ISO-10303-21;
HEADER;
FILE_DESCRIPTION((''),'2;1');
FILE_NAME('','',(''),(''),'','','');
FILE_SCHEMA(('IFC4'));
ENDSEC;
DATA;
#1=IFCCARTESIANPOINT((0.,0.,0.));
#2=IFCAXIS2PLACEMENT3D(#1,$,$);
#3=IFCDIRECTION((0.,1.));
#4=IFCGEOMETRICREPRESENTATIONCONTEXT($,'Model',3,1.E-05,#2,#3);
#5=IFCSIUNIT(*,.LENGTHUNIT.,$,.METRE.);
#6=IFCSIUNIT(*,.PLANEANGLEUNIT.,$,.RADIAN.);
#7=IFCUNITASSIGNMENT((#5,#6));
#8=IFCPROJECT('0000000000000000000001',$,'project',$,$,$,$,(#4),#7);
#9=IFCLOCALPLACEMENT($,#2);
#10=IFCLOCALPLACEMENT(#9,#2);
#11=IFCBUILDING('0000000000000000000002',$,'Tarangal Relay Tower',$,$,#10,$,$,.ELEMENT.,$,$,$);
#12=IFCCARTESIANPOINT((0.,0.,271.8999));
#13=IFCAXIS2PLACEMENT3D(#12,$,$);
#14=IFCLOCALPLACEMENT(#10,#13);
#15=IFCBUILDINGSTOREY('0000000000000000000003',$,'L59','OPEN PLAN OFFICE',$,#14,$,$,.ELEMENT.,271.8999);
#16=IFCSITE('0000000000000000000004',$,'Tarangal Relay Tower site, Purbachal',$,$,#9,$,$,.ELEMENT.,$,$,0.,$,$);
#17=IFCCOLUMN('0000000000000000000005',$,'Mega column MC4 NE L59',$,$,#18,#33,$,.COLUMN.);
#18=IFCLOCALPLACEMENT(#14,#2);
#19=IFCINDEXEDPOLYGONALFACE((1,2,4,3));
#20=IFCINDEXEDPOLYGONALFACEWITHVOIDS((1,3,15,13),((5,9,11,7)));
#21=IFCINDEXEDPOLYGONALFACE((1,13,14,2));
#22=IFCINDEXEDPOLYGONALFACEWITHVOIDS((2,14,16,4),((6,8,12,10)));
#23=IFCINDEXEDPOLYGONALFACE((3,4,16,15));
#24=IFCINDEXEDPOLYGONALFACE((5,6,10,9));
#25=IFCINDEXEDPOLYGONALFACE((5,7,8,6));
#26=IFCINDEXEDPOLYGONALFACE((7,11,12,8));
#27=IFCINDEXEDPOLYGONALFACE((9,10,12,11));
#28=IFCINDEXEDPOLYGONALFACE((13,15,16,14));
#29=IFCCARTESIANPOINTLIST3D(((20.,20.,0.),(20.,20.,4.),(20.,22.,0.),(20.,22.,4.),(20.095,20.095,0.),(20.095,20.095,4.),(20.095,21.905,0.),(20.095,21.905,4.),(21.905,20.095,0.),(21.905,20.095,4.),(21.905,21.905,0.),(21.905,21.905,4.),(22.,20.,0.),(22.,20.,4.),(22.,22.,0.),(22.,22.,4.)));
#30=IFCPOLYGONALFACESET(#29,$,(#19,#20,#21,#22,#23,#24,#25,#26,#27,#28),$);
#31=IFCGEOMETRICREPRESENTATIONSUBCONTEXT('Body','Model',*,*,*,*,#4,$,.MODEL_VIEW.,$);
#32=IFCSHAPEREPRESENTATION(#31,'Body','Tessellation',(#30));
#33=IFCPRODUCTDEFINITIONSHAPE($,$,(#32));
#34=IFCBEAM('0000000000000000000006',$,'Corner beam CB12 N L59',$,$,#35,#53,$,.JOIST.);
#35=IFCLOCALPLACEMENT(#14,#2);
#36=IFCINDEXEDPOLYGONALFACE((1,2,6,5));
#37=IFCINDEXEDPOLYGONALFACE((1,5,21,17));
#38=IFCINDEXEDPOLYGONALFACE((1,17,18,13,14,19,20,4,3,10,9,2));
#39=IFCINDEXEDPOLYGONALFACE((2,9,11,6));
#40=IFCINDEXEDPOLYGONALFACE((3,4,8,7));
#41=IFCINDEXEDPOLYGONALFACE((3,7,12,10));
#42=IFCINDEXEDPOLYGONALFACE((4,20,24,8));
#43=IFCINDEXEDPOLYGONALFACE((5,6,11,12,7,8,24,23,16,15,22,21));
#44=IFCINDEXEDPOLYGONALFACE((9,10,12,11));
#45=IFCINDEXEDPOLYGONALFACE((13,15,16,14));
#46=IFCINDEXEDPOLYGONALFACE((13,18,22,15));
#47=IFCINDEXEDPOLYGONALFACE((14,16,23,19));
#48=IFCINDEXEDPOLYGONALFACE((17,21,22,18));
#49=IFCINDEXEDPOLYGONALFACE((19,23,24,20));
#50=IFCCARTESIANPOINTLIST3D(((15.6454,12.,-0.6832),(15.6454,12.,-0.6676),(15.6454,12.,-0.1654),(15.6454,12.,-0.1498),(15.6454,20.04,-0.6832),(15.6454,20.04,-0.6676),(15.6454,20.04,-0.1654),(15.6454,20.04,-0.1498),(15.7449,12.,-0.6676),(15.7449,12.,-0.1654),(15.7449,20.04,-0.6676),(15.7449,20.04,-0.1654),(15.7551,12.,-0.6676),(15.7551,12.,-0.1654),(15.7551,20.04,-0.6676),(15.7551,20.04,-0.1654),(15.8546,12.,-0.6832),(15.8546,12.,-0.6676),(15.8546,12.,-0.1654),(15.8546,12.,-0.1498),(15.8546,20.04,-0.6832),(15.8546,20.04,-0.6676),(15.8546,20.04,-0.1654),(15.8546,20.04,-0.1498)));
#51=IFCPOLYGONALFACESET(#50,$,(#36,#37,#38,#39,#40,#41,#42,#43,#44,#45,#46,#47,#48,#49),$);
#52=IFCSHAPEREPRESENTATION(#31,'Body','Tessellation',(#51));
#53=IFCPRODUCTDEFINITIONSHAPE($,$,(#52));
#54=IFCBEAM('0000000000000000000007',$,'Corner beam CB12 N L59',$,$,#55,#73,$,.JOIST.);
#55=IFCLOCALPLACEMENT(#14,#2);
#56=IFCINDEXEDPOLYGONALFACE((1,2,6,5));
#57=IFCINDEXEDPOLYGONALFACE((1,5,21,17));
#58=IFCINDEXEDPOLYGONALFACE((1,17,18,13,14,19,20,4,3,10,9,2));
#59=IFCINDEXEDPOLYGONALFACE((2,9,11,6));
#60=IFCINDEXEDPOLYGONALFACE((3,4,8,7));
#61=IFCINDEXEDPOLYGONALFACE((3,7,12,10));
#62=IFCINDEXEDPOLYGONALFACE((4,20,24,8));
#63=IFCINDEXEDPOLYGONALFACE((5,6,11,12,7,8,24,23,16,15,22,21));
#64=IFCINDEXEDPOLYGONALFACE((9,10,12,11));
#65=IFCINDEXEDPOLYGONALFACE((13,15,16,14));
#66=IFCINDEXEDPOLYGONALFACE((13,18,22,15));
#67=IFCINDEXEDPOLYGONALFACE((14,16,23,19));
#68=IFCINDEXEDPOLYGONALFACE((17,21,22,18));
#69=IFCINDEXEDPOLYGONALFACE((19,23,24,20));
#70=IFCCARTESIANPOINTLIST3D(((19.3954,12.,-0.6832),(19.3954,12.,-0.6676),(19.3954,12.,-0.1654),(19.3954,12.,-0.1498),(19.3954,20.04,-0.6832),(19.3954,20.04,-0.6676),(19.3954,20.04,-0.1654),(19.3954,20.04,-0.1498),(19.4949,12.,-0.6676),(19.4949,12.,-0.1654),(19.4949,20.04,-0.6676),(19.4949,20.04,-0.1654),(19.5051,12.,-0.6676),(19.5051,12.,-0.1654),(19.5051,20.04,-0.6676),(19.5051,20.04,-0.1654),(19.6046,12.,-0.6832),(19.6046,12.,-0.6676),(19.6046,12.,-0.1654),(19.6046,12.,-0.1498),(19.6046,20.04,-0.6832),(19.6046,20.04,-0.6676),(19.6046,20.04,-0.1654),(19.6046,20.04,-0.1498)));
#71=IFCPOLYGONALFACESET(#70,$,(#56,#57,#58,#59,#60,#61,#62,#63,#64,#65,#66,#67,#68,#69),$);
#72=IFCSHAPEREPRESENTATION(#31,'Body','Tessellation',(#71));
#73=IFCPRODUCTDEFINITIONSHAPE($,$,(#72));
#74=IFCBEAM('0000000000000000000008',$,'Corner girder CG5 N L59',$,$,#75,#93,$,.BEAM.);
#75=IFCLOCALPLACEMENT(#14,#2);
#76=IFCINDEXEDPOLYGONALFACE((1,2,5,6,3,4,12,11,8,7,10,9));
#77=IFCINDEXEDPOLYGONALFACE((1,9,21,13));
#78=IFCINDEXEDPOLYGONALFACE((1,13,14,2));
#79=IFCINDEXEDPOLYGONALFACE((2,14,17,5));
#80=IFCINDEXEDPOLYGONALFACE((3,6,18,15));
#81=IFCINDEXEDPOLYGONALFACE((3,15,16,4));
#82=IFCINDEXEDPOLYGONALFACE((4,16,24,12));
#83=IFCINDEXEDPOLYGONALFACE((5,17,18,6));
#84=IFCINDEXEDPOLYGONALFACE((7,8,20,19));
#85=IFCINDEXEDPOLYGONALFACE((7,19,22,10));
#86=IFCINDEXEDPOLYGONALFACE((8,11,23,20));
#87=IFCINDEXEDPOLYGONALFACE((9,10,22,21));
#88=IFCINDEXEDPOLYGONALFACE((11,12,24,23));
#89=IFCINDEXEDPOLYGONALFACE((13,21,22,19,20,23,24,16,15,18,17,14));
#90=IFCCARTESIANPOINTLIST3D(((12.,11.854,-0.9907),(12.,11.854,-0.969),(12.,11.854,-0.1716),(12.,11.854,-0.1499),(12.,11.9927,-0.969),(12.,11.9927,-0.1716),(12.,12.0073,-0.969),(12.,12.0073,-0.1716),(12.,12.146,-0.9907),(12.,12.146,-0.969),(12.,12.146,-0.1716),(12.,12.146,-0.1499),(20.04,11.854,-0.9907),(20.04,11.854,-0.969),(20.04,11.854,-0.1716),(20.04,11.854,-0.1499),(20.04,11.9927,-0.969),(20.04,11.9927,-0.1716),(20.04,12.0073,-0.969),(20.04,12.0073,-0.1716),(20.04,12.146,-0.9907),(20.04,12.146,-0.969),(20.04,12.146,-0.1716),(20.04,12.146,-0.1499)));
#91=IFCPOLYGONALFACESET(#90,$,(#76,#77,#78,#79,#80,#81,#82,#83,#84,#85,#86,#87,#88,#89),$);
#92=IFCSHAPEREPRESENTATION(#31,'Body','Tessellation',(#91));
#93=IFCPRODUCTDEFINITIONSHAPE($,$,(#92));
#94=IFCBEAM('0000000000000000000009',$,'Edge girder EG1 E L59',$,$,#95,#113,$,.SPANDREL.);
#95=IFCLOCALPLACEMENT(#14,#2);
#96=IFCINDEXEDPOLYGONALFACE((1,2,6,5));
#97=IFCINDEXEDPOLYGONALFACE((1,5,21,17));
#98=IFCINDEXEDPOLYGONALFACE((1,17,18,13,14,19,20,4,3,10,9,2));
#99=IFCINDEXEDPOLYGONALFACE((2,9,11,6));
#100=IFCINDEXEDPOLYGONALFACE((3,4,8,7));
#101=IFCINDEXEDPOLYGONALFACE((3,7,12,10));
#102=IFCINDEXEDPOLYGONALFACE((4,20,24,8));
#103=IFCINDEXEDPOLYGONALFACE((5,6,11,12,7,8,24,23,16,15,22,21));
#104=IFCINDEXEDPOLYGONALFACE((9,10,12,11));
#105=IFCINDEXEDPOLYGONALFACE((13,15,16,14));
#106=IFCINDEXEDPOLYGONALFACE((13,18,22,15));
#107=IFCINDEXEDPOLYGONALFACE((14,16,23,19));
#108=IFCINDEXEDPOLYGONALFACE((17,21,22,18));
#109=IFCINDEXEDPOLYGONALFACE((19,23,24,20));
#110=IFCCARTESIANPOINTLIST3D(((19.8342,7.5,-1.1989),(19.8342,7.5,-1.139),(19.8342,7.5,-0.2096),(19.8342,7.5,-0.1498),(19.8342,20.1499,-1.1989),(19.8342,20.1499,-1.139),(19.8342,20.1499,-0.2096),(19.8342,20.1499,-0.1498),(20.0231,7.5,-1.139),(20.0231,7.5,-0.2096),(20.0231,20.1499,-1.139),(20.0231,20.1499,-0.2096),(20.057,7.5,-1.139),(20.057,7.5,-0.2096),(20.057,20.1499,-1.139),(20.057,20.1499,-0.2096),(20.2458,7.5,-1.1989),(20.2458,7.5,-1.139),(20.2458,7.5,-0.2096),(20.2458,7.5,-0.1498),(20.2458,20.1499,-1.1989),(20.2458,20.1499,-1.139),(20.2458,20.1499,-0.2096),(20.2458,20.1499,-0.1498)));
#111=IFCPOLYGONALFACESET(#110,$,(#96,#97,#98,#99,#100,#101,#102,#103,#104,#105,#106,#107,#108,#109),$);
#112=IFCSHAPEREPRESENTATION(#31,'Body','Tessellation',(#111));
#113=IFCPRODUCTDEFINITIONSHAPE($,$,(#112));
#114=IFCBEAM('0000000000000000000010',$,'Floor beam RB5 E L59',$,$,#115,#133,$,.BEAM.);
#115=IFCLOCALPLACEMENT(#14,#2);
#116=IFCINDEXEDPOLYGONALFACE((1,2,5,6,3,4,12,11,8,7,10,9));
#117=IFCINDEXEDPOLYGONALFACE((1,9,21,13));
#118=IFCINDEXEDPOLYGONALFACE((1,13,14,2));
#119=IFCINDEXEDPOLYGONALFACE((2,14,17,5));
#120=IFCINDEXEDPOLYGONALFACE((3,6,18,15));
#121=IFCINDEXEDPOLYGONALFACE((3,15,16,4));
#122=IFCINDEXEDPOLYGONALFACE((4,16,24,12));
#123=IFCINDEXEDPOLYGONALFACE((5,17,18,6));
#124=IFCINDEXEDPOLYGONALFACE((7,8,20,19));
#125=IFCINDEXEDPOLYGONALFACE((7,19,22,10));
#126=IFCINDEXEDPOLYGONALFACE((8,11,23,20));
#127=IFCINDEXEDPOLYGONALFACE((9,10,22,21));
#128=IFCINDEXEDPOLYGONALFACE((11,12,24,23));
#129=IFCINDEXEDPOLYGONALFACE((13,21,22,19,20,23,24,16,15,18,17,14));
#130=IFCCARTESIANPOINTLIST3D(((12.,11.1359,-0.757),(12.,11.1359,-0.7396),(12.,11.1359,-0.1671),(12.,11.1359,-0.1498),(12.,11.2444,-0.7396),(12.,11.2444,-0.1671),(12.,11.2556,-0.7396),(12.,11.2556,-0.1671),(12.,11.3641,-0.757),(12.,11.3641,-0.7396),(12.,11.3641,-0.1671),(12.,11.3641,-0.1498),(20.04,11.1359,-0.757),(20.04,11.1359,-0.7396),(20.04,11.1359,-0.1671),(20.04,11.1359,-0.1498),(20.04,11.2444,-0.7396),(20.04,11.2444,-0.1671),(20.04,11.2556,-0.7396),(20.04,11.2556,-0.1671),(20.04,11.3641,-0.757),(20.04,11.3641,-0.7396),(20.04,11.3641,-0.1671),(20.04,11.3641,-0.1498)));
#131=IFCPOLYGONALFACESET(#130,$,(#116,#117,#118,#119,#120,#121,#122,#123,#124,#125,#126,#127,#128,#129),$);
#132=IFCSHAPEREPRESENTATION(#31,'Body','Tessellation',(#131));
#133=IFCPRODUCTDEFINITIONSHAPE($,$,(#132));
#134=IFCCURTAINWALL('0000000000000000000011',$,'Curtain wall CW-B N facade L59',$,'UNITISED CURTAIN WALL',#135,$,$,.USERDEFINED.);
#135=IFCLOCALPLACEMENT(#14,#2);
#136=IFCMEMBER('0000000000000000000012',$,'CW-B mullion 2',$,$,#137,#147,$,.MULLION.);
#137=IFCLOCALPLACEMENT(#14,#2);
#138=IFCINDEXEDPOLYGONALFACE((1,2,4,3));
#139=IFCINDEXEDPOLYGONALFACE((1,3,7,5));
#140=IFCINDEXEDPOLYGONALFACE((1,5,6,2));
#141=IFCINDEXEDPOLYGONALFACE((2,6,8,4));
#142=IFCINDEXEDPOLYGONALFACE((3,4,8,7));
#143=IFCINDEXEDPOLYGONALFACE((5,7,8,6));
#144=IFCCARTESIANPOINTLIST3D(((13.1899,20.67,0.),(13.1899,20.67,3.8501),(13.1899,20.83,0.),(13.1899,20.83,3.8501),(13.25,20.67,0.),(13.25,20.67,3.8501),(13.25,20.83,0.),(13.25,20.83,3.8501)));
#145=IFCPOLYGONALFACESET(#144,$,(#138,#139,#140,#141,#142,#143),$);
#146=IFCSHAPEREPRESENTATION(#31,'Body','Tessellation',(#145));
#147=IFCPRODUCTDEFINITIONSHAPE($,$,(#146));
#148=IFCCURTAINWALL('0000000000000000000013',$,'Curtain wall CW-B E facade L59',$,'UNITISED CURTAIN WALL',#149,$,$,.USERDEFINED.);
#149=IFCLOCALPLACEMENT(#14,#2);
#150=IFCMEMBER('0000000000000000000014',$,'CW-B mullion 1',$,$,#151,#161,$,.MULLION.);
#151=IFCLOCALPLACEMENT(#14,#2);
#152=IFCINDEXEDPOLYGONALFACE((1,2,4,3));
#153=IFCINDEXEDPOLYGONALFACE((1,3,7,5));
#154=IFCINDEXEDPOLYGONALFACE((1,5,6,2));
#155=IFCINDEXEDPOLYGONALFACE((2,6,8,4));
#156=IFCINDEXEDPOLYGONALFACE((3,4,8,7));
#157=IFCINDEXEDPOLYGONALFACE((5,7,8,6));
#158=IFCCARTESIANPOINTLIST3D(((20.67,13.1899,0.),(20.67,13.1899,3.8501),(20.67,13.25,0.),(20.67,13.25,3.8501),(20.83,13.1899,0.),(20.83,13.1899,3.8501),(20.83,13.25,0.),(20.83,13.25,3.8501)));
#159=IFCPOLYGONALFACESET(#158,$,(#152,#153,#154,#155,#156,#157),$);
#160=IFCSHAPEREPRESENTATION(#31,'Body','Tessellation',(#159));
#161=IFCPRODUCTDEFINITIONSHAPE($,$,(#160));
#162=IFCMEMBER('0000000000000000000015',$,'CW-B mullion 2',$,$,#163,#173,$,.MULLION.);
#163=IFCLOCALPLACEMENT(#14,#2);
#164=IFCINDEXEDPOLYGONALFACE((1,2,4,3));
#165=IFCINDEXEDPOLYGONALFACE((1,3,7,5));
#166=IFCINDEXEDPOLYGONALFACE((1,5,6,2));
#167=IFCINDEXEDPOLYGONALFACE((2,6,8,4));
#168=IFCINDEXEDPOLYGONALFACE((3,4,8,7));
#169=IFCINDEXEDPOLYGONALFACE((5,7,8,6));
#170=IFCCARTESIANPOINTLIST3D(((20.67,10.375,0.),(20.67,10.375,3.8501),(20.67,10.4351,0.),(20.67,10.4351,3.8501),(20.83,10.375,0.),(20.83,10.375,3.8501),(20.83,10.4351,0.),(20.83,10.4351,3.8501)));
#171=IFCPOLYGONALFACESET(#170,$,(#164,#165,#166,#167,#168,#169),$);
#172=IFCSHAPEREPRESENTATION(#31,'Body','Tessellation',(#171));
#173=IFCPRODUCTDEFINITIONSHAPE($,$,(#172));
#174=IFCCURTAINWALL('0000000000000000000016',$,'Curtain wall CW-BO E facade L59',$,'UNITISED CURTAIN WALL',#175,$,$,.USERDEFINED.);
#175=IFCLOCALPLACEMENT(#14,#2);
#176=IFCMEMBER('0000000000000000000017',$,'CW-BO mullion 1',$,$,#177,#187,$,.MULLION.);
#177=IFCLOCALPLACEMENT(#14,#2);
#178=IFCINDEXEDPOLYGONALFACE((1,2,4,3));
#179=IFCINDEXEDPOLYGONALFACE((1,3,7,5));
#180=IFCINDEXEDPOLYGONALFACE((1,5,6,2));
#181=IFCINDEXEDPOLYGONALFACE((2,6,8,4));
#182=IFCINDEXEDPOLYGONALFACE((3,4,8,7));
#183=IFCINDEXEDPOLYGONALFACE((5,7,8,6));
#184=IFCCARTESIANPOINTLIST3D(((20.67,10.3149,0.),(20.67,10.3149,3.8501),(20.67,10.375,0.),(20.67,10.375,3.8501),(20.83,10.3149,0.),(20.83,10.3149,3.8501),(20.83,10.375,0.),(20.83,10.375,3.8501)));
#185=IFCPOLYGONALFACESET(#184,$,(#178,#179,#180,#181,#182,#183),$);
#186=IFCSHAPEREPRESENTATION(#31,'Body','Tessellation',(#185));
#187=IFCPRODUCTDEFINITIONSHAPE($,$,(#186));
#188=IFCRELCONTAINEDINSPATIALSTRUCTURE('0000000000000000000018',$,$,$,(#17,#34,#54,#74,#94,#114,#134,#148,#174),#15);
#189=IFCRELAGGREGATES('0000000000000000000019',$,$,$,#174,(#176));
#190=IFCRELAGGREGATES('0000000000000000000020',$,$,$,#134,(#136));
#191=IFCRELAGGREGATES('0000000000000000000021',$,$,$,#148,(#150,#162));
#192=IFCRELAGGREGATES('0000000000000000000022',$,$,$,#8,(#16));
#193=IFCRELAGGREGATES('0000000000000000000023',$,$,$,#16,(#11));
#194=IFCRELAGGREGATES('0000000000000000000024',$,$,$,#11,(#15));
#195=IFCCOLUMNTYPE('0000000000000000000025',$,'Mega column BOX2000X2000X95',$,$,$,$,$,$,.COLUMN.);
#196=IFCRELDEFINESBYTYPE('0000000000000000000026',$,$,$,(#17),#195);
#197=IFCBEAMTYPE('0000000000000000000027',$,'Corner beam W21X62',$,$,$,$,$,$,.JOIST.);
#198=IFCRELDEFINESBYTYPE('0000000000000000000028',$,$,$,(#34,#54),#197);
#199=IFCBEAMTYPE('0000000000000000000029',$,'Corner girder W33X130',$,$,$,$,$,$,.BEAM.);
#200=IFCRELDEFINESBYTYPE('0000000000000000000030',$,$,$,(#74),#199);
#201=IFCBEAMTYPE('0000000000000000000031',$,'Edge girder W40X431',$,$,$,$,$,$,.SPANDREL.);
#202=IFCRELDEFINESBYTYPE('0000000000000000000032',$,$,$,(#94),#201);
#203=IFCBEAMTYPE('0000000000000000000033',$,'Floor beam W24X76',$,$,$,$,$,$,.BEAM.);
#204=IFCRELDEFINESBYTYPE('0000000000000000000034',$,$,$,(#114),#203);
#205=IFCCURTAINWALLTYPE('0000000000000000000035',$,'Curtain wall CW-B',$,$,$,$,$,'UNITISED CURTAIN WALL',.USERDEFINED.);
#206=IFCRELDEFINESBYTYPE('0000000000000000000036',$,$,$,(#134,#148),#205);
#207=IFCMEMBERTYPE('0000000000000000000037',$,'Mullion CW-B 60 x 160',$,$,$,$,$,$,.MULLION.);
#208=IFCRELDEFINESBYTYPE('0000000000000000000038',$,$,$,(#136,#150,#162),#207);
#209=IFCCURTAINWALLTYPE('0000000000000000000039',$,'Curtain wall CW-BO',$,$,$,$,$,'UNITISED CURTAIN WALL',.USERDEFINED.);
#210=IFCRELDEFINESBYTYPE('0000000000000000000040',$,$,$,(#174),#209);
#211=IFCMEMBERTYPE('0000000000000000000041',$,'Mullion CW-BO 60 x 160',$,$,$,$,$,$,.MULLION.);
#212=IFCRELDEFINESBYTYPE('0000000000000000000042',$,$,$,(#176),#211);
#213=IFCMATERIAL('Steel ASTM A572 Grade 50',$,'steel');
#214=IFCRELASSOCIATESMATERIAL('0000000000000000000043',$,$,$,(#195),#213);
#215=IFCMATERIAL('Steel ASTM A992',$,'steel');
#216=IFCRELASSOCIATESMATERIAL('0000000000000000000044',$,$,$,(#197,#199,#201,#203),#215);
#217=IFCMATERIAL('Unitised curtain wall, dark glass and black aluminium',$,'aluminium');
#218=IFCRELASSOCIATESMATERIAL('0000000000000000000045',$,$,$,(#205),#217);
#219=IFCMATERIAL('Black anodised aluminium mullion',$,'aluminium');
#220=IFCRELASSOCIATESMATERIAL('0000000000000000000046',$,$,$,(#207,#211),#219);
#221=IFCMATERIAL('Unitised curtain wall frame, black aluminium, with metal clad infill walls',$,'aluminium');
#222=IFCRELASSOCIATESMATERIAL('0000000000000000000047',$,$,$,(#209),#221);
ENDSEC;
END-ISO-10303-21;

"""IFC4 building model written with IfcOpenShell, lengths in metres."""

from ifc_helpers import new_model, si_unit, direction, frame, origin, origin_2d, place, context, subcontext, project, spatial, rectangle, hollow_rectangle, i_section, extrude, material, material_profile, profile_set, type_object, element, aggregate, save


model = new_model("IFC4")

# Units and contexts
model_context = context("Model", 3, precision=1e-05, world=origin(), true_north=direction((0.0, 1.0)))
body_context = subcontext(model_context, "Body", "Model", "MODEL_VIEW")
ifc_project = project(units=[si_unit("LENGTHUNIT", "METRE"), si_unit("PLANEANGLEUNIT", "RADIAN")], contexts=[model_context])

# Site, building, storey
site_placement = place(None, origin())
site = spatial("IfcSite", under=ifc_project, at=site_placement, Name="Tarangal Relay Tower site, Purbachal", CompositionType="ELEMENT", RefElevation=0.0)
building_placement = place(site_placement, origin())
building = spatial("IfcBuilding", under=site, at=building_placement, Name="Tarangal Relay Tower", CompositionType="ELEMENT")
storey_placement = place(building_placement, frame((0.0, 0.0, 271.8999)))
storey = spatial("IfcBuildingStorey", under=building, at=storey_placement, Name="L59", Description="OPEN PLAN OFFICE", CompositionType="ELEMENT", Elevation=271.8999)

# Column
ifc_material_1 = material(Name="Steel ASTM A572 Grade 50", Category="steel")
ifc_material_profile_1 = material_profile(ifc_material_1, hollow_rectangle(XDim=2.0, YDim=2.0, WallThickness=0.095, at=origin_2d()), Name="BOX2000X2000X95")
ifc_profile_set_1 = profile_set([ifc_material_profile_1], Name="Steel ASTM A572 Grade 50")
column_type = type_object("IfcColumnType", Name="Mega column BOX2000X2000X95", PredefinedType="COLUMN", material=ifc_profile_set_1)
column_placement = place(storey_placement, frame((21.0, 21.0, 0.0), z_axis=(0.0, 0.0, 1.0), x_axis=(1.0, 0.0, 0.0)))
element("IfcColumn", 1, at=column_placement, inside=storey, type_object=column_type, Name="Mega column MC4 NE L59", PredefinedType="COLUMN", context=body_context, shape_type="SweptSolid", body=[
    extrude(hollow_rectangle(XDim=2.0, YDim=2.0, WallThickness=0.095, at=origin_2d()), origin(), (0.0, 0.0, 1.0), 4.0),
])

# Beams
ifc_material_2 = material(Name="Steel ASTM A992", Category="steel")
ifc_material_profile_2 = material_profile(ifc_material_2, i_section(OverallWidth=0.2092, OverallDepth=0.5334, WebThickness=0.0103, FlangeThickness=0.0156, at=origin_2d()), Name="W21X62")
ifc_profile_set_2 = profile_set([ifc_material_profile_2], Name="Steel ASTM A992")
beam_type_1 = type_object("IfcBeamType", Name="Corner beam W21X62", PredefinedType="JOIST", material=ifc_profile_set_2)
for number, where, z_axis, x_axis, name in (
    (2, (15.75, 12.0, -0.4165), (0.0, 1.0, 0.0), (-1.0, 0.0, 0.0), "Corner beam CB12 N L59"),
    (3, (19.5, 12.0, -0.4165), (0.0, 1.0, 0.0), (-1.0, 0.0, 0.0), "Corner beam CB12 N L59"),
):
    element("IfcBeam", number, at=place(storey_placement, frame(where, z_axis=z_axis, x_axis=x_axis)), inside=storey, type_object=beam_type_1, Name=name, PredefinedType="JOIST", context=body_context, shape_type="SweptSolid", body=[
        extrude(i_section(OverallWidth=0.2092, OverallDepth=0.5334, WebThickness=0.0103, FlangeThickness=0.0156, at=origin_2d()), origin(), (0.0, 0.0, 1.0), 8.04),
    ])
ifc_material_profile_3 = material_profile(ifc_material_2, i_section(OverallWidth=0.292, OverallDepth=0.8408, WebThickness=0.0146, FlangeThickness=0.0217, at=origin_2d()), Name="W33X130")
ifc_profile_set_3 = profile_set([ifc_material_profile_3], Name="Steel ASTM A992")
beam_type_2 = type_object("IfcBeamType", Name="Corner girder W33X130", PredefinedType="BEAM", material=ifc_profile_set_3)
beam_1_placement = place(storey_placement, frame((12.0, 12.0, -0.5703), z_axis=(1.0, 0.0, 0.0), x_axis=(0.0, 1.0, 0.0)))
element("IfcBeam", 4, at=beam_1_placement, inside=storey, type_object=beam_type_2, Name="Corner girder CG5 N L59", PredefinedType="BEAM", context=body_context, shape_type="SweptSolid", body=[
    extrude(i_section(OverallWidth=0.292, OverallDepth=0.8408, WebThickness=0.0146, FlangeThickness=0.0217, at=origin_2d()), origin(), (0.0, 0.0, 1.0), 8.04),
])
ifc_material_profile_4 = material_profile(ifc_material_2, i_section(OverallWidth=0.4116, OverallDepth=1.0491, WebThickness=0.0339, FlangeThickness=0.0598, at=origin_2d()), Name="W40X431")
ifc_profile_set_4 = profile_set([ifc_material_profile_4], Name="Steel ASTM A992")
beam_type_3 = type_object("IfcBeamType", Name="Edge girder W40X431", PredefinedType="SPANDREL", material=ifc_profile_set_4)
beam_2_placement = place(storey_placement, frame((20.04, 20.1499, -0.6743), z_axis=(0.0, -1.0, 0.0), x_axis=(1.0, 0.0, 0.0)))
element("IfcBeam", 5, at=beam_2_placement, inside=storey, type_object=beam_type_3, Name="Edge girder EG1 E L59", PredefinedType="SPANDREL", context=body_context, shape_type="SweptSolid", body=[
    extrude(i_section(OverallWidth=0.4116, OverallDepth=1.0491, WebThickness=0.0339, FlangeThickness=0.0598, at=origin_2d()), origin(), (0.0, 0.0, 1.0), 12.6499),
])
ifc_material_profile_5 = material_profile(ifc_material_2, i_section(OverallWidth=0.2283, OverallDepth=0.6072, WebThickness=0.0112, FlangeThickness=0.0173, at=origin_2d()), Name="W24X76")
ifc_profile_set_5 = profile_set([ifc_material_profile_5], Name="Steel ASTM A992")
beam_type_4 = type_object("IfcBeamType", Name="Floor beam W24X76", PredefinedType="BEAM", material=ifc_profile_set_5)
beam_3_placement = place(storey_placement, frame((12.0, 11.25, -0.4534), z_axis=(1.0, 0.0, 0.0), x_axis=(0.0, 1.0, 0.0)))
element("IfcBeam", 6, at=beam_3_placement, inside=storey, type_object=beam_type_4, Name="Floor beam RB5 E L59", PredefinedType="BEAM", context=body_context, shape_type="SweptSolid", body=[
    extrude(i_section(OverallWidth=0.2283, OverallDepth=0.6072, WebThickness=0.0112, FlangeThickness=0.0173, at=origin_2d()), origin(), (0.0, 0.0, 1.0), 8.04),
])

# Curtain wall, member
ifc_material_3 = material(Name="Unitised curtain wall, dark glass and black aluminium", Category="aluminium")
curtain_wall_type_1 = type_object("IfcCurtainWallType", Name="Curtain wall CW-B", ElementType="UNITISED CURTAIN WALL", PredefinedType="USERDEFINED", material=ifc_material_3)
curtain_wall_1_placement = place(storey_placement, origin())
curtain_wall_1 = element("IfcCurtainWall", 7, at=curtain_wall_1_placement, inside=storey, type_object=curtain_wall_type_1, Name="Curtain wall CW-B N facade L59", ObjectType="UNITISED CURTAIN WALL", PredefinedType="USERDEFINED")
ifc_material_4 = material(Name="Black anodised aluminium mullion", Category="aluminium")
ifc_material_profile_6 = material_profile(ifc_material_4, rectangle(XDim=0.1599, YDim=0.0601, at=origin_2d()), Name="CW-BM 60X160")
ifc_profile_set_6 = profile_set([ifc_material_profile_6], Name="Black anodised aluminium mullion")
member_type_1 = type_object("IfcMemberType", Name="Mullion CW-B 60 x 160", PredefinedType="MULLION", material=ifc_profile_set_6)
member_1_placement = place(storey_placement, frame((13.22, 20.75, 0.0), z_axis=(0.0, 0.0, 1.0), x_axis=(0.0, 1.0, 0.0)))
member_1 = element("IfcMember", 8, at=member_1_placement, type_object=member_type_1, Name="CW-B mullion 2", PredefinedType="MULLION", context=body_context, shape_type="SweptSolid", body=[
    extrude(rectangle(XDim=0.1599, YDim=0.0601, at=origin_2d()), origin(), (0.0, 0.0, 1.0), 3.8501),
])

# Curtain wall, members
curtain_wall_2_placement = place(storey_placement, origin())
curtain_wall_2 = element("IfcCurtainWall", 9, at=curtain_wall_2_placement, inside=storey, type_object=curtain_wall_type_1, Name="Curtain wall CW-B E facade L59", ObjectType="UNITISED CURTAIN WALL", PredefinedType="USERDEFINED")
member_2_placement = place(storey_placement, frame((20.75, 13.22, 0.0), z_axis=(0.0, 0.0, 1.0), x_axis=(1.0, 0.0, 0.0)))
member_2 = element("IfcMember", 10, at=member_2_placement, type_object=member_type_1, Name="CW-B mullion 1", PredefinedType="MULLION", context=body_context, shape_type="SweptSolid", body=[
    extrude(rectangle(XDim=0.1599, YDim=0.0601, at=origin_2d()), origin(), (0.0, 0.0, 1.0), 3.8501),
])
member_3_placement = place(storey_placement, frame((20.75, 10.405, 0.0), z_axis=(0.0, 0.0, 1.0), x_axis=(1.0, 0.0, 0.0)))
member_3 = element("IfcMember", 11, at=member_3_placement, type_object=member_type_1, Name="CW-B mullion 2", PredefinedType="MULLION", context=body_context, shape_type="SweptSolid", body=[
    extrude(rectangle(XDim=0.1599, YDim=0.0601, at=origin_2d()), origin(), (0.0, 0.0, 1.0), 3.8501),
])

# Curtain wall, member
ifc_material_5 = material(Name="Unitised curtain wall frame, black aluminium, with metal clad infill walls", Category="aluminium")
curtain_wall_type_2 = type_object("IfcCurtainWallType", Name="Curtain wall CW-BO", ElementType="UNITISED CURTAIN WALL", PredefinedType="USERDEFINED", material=ifc_material_5)
curtain_wall_3_placement = place(storey_placement, origin())
curtain_wall_3 = element("IfcCurtainWall", 12, at=curtain_wall_3_placement, inside=storey, type_object=curtain_wall_type_2, Name="Curtain wall CW-BO E facade L59", ObjectType="UNITISED CURTAIN WALL", PredefinedType="USERDEFINED")
ifc_material_profile_7 = material_profile(ifc_material_4, rectangle(XDim=0.1599, YDim=0.0601, at=origin_2d()), Name="CW-BOM 60X160")
ifc_profile_set_7 = profile_set([ifc_material_profile_7], Name="Black anodised aluminium mullion")
member_type_2 = type_object("IfcMemberType", Name="Mullion CW-BO 60 x 160", PredefinedType="MULLION", material=ifc_profile_set_7)
member_4_placement = place(storey_placement, frame((20.75, 10.345, 0.0), z_axis=(0.0, 0.0, 1.0), x_axis=(1.0, 0.0, 0.0)))
member_4 = element("IfcMember", 13, at=member_4_placement, type_object=member_type_2, Name="CW-BO mullion 1", PredefinedType="MULLION", context=body_context, shape_type="SweptSolid", body=[
    extrude(rectangle(XDim=0.1599, YDim=0.0601, at=origin_2d()), origin(), (0.0, 0.0, 1.0), 3.8501),
])

aggregate(curtain_wall_3, [member_4])

aggregate(curtain_wall_1, [member_1])
aggregate(curtain_wall_2, [member_2, member_3])

save(model, "model.ifc")
